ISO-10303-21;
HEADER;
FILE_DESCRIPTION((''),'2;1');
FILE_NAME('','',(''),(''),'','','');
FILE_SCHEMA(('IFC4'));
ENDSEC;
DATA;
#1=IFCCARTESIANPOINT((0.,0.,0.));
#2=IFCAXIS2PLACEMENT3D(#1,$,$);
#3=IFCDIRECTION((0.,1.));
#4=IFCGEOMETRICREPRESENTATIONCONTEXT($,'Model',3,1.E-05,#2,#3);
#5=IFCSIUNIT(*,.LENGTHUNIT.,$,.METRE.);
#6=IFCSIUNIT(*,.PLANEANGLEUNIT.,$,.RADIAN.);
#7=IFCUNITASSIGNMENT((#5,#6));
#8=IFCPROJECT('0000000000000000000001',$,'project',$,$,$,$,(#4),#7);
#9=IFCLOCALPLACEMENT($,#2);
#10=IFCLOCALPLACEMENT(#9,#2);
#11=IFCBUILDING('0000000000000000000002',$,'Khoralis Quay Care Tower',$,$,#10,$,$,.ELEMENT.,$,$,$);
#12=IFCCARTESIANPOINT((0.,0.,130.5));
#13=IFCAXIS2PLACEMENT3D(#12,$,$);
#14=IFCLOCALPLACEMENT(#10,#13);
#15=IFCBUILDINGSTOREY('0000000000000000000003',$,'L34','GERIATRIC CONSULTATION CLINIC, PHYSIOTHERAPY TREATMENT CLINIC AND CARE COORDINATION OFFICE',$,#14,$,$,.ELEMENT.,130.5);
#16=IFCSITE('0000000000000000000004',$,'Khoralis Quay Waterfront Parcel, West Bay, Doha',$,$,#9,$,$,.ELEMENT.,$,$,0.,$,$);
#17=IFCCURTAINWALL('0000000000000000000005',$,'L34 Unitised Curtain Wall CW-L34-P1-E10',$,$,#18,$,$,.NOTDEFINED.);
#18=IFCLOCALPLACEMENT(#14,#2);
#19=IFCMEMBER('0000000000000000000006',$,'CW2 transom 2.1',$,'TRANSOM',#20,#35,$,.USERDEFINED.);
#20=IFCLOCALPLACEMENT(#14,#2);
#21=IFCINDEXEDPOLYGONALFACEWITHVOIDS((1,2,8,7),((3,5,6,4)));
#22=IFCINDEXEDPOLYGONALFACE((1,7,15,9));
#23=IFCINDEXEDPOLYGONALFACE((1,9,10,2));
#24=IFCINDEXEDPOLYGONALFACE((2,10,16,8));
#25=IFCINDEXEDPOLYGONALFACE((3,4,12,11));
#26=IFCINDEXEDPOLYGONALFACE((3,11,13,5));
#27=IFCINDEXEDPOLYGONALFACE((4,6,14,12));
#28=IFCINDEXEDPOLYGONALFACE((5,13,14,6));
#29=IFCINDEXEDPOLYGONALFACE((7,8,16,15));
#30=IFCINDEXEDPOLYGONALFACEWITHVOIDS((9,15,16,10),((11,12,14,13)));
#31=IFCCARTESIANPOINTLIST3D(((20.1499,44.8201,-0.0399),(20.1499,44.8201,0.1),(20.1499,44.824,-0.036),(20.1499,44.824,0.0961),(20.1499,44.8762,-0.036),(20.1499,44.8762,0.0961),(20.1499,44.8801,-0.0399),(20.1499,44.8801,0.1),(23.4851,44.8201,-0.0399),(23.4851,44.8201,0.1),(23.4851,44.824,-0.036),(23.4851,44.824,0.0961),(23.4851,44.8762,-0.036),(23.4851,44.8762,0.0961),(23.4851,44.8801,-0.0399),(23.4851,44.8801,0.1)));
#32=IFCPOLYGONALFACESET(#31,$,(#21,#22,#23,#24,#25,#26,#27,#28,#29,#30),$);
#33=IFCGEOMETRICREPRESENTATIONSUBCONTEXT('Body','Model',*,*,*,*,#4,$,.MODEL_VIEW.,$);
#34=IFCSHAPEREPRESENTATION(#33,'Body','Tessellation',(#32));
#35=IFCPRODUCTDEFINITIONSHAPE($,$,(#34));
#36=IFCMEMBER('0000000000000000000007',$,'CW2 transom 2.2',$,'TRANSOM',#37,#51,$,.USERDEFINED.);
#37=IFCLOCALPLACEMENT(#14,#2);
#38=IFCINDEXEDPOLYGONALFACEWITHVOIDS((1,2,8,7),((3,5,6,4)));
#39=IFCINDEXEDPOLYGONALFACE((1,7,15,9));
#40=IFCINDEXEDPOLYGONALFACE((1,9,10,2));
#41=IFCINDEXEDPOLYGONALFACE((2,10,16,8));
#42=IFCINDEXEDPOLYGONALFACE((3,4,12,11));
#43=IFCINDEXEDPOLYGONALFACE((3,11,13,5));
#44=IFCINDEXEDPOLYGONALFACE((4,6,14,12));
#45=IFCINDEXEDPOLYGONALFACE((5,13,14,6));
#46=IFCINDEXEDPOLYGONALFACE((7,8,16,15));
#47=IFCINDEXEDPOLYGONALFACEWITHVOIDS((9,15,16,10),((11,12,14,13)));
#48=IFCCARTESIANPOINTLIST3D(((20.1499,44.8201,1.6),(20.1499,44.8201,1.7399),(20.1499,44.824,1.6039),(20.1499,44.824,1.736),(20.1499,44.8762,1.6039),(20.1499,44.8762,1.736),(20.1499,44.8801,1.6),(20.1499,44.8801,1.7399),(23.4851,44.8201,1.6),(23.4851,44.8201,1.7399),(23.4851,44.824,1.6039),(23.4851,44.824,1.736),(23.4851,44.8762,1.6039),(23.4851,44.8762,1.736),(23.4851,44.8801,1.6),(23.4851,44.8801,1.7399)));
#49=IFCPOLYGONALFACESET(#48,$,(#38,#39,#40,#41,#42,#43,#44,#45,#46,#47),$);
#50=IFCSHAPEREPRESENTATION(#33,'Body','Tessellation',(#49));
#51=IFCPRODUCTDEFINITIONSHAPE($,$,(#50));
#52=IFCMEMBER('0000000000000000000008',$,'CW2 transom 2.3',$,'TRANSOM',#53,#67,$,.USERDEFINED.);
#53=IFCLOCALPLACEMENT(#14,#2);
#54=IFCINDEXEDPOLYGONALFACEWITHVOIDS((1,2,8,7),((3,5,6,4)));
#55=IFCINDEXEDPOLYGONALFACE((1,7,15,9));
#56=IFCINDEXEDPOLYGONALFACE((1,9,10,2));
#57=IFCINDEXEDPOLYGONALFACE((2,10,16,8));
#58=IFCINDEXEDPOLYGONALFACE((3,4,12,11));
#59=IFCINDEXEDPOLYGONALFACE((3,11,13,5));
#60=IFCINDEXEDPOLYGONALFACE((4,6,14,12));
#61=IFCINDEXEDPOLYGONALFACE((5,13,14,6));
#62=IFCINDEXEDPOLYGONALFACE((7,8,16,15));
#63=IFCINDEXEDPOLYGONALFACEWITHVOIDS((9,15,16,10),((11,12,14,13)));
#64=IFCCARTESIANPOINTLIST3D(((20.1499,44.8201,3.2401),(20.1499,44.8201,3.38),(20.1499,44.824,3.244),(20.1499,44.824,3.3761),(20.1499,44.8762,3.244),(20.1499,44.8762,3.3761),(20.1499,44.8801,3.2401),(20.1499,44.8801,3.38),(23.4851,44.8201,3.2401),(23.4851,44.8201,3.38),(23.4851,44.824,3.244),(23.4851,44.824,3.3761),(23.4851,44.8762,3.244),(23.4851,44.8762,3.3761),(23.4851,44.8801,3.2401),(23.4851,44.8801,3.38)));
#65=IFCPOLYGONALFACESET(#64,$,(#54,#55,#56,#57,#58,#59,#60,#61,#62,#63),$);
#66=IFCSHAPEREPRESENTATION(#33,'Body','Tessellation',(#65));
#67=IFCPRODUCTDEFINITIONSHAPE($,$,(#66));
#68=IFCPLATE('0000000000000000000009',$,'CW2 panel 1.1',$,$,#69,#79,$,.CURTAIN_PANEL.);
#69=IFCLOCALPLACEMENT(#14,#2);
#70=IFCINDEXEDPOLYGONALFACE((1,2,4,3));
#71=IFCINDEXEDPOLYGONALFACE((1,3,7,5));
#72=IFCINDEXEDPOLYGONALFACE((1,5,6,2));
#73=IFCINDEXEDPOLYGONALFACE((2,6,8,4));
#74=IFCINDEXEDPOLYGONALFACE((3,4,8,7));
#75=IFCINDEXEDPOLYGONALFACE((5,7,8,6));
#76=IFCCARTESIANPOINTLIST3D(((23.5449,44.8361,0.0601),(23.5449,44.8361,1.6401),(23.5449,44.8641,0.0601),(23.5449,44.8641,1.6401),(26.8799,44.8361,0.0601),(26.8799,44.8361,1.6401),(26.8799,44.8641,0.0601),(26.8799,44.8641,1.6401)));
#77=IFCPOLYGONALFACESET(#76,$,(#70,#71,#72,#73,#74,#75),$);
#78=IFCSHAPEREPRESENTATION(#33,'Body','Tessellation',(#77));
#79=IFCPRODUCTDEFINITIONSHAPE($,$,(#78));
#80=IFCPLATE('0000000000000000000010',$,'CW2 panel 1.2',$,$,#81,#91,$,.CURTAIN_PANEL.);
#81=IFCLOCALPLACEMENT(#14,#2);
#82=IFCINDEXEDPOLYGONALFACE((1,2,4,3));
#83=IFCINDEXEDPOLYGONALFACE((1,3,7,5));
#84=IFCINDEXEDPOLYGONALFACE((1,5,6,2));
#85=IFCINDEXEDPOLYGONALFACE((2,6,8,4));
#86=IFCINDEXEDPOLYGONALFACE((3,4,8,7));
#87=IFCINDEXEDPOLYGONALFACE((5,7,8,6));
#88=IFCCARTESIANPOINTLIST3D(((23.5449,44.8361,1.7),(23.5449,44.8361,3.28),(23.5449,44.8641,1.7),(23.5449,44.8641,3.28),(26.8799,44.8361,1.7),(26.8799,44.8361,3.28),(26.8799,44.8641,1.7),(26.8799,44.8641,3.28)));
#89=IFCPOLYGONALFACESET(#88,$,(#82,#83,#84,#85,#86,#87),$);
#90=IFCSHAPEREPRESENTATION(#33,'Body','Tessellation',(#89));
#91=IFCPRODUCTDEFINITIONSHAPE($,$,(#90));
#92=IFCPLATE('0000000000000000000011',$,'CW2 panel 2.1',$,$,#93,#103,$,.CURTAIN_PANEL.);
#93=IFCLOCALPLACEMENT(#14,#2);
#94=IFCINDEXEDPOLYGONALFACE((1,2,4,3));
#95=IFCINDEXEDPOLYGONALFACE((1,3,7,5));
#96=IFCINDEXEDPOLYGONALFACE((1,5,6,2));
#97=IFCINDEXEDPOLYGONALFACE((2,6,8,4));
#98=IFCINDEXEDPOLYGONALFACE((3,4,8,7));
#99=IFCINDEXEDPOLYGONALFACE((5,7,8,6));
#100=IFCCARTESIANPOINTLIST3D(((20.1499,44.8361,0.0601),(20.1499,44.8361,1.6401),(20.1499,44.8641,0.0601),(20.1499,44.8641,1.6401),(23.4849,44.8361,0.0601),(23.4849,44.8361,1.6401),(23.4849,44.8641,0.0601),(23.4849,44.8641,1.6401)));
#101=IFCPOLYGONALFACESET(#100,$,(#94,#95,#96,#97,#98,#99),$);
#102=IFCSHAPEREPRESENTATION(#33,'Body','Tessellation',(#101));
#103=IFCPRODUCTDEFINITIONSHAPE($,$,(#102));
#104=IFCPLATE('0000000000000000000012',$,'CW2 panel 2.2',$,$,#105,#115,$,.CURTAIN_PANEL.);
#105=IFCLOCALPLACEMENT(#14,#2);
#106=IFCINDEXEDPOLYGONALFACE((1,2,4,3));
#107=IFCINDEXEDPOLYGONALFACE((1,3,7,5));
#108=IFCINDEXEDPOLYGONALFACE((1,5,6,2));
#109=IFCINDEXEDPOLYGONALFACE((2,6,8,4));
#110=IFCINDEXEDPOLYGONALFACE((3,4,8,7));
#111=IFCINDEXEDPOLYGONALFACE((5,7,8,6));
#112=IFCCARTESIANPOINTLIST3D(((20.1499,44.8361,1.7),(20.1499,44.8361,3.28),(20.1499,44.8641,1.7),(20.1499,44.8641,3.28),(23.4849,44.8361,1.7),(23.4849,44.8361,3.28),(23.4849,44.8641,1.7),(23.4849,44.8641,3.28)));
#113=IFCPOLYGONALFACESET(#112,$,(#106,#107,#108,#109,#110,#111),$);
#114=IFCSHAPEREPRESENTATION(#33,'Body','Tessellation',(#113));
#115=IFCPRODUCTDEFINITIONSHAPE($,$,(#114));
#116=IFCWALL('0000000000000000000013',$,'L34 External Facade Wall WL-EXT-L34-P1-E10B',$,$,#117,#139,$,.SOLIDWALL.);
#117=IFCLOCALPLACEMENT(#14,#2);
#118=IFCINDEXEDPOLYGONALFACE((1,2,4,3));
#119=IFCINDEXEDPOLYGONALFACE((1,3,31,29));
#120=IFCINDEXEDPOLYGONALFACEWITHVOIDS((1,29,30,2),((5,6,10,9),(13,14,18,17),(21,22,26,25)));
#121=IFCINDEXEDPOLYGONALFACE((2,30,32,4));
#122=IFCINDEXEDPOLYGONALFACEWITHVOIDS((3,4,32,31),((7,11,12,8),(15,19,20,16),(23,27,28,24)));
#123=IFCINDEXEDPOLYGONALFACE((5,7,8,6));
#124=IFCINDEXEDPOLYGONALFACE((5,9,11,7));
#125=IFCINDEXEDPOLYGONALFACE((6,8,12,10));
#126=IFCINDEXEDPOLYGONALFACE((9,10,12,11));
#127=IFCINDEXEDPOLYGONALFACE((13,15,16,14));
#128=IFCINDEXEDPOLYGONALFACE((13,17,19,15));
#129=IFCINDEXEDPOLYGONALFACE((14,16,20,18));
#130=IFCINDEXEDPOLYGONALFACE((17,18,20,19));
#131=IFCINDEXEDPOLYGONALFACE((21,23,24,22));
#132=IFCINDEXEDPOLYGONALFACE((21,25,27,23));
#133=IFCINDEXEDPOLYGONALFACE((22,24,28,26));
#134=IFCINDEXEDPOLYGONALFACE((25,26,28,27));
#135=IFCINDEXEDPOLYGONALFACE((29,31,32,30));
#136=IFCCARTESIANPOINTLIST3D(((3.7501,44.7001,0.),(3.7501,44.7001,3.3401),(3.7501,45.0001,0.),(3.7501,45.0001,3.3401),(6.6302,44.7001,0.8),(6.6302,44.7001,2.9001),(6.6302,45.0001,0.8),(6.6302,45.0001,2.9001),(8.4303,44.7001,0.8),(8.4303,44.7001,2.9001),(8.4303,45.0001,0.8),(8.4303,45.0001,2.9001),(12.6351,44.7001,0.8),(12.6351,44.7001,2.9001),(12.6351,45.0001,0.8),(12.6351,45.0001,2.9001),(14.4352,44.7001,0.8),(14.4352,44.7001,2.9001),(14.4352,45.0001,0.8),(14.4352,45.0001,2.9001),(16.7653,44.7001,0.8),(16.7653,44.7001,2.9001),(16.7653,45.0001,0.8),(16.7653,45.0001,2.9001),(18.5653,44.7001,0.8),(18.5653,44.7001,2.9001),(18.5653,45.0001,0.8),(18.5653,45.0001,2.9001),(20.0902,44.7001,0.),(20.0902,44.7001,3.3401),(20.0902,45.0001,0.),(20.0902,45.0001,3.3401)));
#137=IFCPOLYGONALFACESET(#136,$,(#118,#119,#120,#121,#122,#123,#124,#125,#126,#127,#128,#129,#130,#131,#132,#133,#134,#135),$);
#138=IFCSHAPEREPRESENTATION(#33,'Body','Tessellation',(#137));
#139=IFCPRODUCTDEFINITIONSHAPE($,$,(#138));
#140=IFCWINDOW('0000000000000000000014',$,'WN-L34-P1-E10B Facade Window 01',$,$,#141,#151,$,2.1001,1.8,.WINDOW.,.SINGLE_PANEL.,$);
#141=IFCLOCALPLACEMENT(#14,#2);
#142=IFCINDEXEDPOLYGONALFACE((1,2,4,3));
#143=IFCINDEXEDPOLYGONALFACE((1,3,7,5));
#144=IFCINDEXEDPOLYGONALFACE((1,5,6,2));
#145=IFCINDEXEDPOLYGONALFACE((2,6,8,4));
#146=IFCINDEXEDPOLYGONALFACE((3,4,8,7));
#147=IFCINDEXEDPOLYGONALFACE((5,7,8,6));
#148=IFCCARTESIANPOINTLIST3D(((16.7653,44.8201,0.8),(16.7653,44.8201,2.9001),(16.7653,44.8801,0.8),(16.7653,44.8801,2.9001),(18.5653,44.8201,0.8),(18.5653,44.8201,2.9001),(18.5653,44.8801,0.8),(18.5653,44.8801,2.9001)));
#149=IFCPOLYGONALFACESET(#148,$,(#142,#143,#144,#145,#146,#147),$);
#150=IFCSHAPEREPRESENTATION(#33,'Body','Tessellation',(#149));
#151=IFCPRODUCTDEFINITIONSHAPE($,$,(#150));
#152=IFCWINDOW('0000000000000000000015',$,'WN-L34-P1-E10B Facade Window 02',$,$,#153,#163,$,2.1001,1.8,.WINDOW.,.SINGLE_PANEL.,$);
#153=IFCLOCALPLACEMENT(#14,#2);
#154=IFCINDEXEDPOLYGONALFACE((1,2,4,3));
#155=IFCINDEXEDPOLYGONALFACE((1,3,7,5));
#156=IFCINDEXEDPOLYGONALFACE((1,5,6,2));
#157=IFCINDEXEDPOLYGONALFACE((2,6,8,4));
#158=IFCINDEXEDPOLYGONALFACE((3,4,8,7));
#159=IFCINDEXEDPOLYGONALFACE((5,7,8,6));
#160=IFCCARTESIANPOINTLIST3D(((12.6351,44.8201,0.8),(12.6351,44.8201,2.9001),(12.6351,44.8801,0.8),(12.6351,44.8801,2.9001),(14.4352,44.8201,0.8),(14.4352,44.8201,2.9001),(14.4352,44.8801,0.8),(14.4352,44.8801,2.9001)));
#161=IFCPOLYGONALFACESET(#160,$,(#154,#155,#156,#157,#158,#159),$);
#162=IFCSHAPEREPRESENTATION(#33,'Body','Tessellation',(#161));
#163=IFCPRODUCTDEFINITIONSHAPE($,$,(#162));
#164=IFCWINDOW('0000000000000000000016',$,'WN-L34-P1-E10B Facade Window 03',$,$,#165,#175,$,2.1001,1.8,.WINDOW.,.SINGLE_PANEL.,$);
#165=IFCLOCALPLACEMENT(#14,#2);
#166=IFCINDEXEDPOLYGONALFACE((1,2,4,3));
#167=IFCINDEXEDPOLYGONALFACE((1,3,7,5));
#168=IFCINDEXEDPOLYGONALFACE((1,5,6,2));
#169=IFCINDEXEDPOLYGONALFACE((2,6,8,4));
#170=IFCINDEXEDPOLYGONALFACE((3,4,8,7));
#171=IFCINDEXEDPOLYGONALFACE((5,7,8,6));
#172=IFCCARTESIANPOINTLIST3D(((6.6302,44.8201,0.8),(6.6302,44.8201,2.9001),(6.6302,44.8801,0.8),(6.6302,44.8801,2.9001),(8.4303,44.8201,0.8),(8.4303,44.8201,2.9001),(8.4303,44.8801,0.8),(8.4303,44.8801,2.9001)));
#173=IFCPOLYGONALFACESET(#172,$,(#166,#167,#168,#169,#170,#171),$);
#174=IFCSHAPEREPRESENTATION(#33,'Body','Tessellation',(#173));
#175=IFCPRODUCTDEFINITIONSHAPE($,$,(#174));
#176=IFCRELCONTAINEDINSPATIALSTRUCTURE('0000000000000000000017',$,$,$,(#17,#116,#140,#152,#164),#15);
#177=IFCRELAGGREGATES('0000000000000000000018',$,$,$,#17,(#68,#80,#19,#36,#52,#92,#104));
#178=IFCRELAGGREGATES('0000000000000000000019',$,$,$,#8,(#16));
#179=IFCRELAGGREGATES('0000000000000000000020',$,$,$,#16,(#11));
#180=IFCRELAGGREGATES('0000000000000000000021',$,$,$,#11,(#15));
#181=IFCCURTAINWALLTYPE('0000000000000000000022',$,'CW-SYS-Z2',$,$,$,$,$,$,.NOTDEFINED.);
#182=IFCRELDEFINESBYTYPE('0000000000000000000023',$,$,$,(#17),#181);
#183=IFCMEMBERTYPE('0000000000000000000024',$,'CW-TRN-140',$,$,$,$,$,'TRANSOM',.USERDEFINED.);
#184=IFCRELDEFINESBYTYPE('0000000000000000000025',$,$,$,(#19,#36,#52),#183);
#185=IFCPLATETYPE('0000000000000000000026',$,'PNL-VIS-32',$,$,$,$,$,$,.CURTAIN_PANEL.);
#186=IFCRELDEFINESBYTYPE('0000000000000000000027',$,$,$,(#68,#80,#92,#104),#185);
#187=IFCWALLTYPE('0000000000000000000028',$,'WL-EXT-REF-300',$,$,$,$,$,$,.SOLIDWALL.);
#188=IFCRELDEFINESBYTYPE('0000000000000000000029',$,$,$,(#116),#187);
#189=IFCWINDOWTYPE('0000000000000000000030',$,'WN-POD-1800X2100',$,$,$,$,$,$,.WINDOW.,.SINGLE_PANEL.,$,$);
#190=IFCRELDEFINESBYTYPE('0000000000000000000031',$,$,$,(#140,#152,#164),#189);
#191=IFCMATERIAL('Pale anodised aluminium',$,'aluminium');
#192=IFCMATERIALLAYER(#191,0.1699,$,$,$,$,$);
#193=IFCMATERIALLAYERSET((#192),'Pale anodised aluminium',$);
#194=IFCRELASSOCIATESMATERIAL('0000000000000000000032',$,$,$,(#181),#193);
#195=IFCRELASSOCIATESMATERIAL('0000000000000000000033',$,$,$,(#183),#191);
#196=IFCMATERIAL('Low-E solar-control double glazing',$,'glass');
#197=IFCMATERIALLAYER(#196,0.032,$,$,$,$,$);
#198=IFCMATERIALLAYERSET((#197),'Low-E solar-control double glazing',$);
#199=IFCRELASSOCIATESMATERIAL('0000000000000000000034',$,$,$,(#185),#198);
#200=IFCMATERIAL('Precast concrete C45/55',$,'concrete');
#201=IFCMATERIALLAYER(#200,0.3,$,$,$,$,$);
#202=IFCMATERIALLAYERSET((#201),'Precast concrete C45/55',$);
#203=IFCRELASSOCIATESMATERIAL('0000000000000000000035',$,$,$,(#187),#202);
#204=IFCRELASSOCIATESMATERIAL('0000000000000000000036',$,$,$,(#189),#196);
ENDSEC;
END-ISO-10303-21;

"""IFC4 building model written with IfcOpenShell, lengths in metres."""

from ifc_helpers import new_model, si_unit, direction, frame, frame_2d, origin, origin_2d, place, context, subcontext, project, spatial, rectangle, hollow_rectangle, extrude, source, transform, mapped, material, layer, layer_set, material_profile, profile_set, type_object, element, fill, aggregate, save


model = new_model("IFC4")

# Units and contexts
model_context = context("Model", 3, precision=1e-05, world=origin(), true_north=direction((0.0, 1.0)))
body_context = subcontext(model_context, "Body", "Model", "MODEL_VIEW")
ifc_project = project(units=[si_unit("LENGTHUNIT", "METRE"), si_unit("PLANEANGLEUNIT", "RADIAN")], contexts=[model_context])

# Site, building, storey
site_placement = place(None, origin())
site = spatial("IfcSite", under=ifc_project, at=site_placement, Name="Khoralis Quay Waterfront Parcel, West Bay, Doha", CompositionType="ELEMENT", RefElevation=0.0)
building_placement = place(site_placement, origin())
building = spatial("IfcBuilding", under=site, at=building_placement, Name="Khoralis Quay Care Tower", CompositionType="ELEMENT")
storey_placement = place(building_placement, frame((0.0, 0.0, 130.5)))
storey = spatial("IfcBuildingStorey", under=building, at=storey_placement, Name="L34", Description="GERIATRIC CONSULTATION CLINIC, PHYSIOTHERAPY TREATMENT CLINIC AND CARE COORDINATION OFFICE", CompositionType="ELEMENT", Elevation=130.5)

# Curtain wall, members, plates
ifc_material_1 = material(Name="Pale anodised aluminium", Category="aluminium")
ifc_layer_1 = layer(ifc_material_1, 0.1699)
ifc_layer_set_1 = layer_set([ifc_layer_1], Name="Pale anodised aluminium")
curtain_wall_type = type_object("IfcCurtainWallType", Name="CW-SYS-Z2", PredefinedType="NOTDEFINED", material=ifc_layer_set_1)
curtain_wall_placement = place(storey_placement, origin())
curtain_wall = element("IfcCurtainWall", 1, at=curtain_wall_placement, inside=storey, type_object=curtain_wall_type, Name="L34 Unitised Curtain Wall CW-L34-P1-E10", PredefinedType="NOTDEFINED")
ifc_material_profile_1 = material_profile(ifc_material_1, hollow_rectangle(XDim=0.0601, YDim=0.1399, WallThickness=0.0039, at=origin_2d()), Name="Pale anodised aluminium")
ifc_profile_set_1 = profile_set([ifc_material_profile_1], Name="Pale anodised aluminium")
member_type_1 = type_object("IfcMemberType", Name="CW-TRN-140", ElementType="TRANSOM", PredefinedType="USERDEFINED", material=ifc_profile_set_1)
shared_shape_1 = source(origin(), body_context, "Body", "SweptSolid", [
    extrude(hollow_rectangle(XDim=0.0601, YDim=0.1399, WallThickness=0.0039, at=origin_2d()), origin(), (0.0, 0.0, 1.0), 3.3352),
])
member_1_placement = place(storey_placement, frame((23.4851, 44.8501, 0.03), z_axis=(-1.0, 0.0, 0.0), x_axis=(0.0, -1.0, 0.0)))
member_1 = element("IfcMember", 2, at=member_1_placement, type_object=member_type_1, Name="CW2 transom 2.1", ObjectType="TRANSOM", PredefinedType="USERDEFINED", context=body_context, shape_type="MappedRepresentation", body=[
    mapped(shared_shape_1, transform((0.0, 0.0, 0.0), scale=1.0)),
])
member_2_placement = place(storey_placement, frame((23.4851, 44.8501, 1.6699), z_axis=(-1.0, 0.0, 0.0), x_axis=(0.0, -1.0, 0.0)))
member_2 = element("IfcMember", 3, at=member_2_placement, type_object=member_type_1, Name="CW2 transom 2.2", ObjectType="TRANSOM", PredefinedType="USERDEFINED", context=body_context, shape_type="MappedRepresentation", body=[
    mapped(shared_shape_1, transform((0.0, 0.0, 0.0), scale=1.0)),
])
member_3_placement = place(storey_placement, frame((23.4851, 44.8501, 3.3101), z_axis=(-1.0, 0.0, 0.0), x_axis=(0.0, -1.0, 0.0)))
member_3 = element("IfcMember", 4, at=member_3_placement, type_object=member_type_1, Name="CW2 transom 2.3", ObjectType="TRANSOM", PredefinedType="USERDEFINED", context=body_context, shape_type="MappedRepresentation", body=[
    mapped(shared_shape_1, transform((0.0, 0.0, 0.0), scale=1.0)),
])
ifc_material_2 = material(Name="Low-E solar-control double glazing", Category="glass")
ifc_layer_2 = layer(ifc_material_2, 0.032)
ifc_layer_set_2 = layer_set([ifc_layer_2], Name="Low-E solar-control double glazing")
plate_type = type_object("IfcPlateType", Name="PNL-VIS-32", PredefinedType="CURTAIN_PANEL", material=ifc_layer_set_2)
shared_shape_2 = source(origin(), body_context, "Body", "SweptSolid", [
    extrude(rectangle(XDim=3.335, YDim=0.0281, at=origin_2d()), origin(), (0.0, 0.0, 1.0), 1.5801),
])
plate_1_placement = place(storey_placement, frame((25.2124, 44.8501, 0.0601), z_axis=(0.0, 0.0, 1.0), x_axis=(-1.0, 0.0, 0.0)))
plate_1 = element("IfcPlate", 5, at=plate_1_placement, type_object=plate_type, Name="CW2 panel 1.1", PredefinedType="CURTAIN_PANEL", context=body_context, shape_type="MappedRepresentation", body=[
    mapped(shared_shape_2, transform((0.0, 0.0, 0.0), scale=1.0)),
])
plate_2_placement = place(storey_placement, frame((25.2124, 44.8501, 1.7), z_axis=(0.0, 0.0, 1.0), x_axis=(-1.0, 0.0, 0.0)))
plate_2 = element("IfcPlate", 6, at=plate_2_placement, type_object=plate_type, Name="CW2 panel 1.2", PredefinedType="CURTAIN_PANEL", context=body_context, shape_type="MappedRepresentation", body=[
    mapped(shared_shape_2, transform((0.0, 0.0, 0.0), scale=1.0)),
])
plate_3_placement = place(storey_placement, frame((21.8174, 44.8501, 0.0601), z_axis=(0.0, 0.0, 1.0), x_axis=(-1.0, 0.0, 0.0)))
plate_3 = element("IfcPlate", 7, at=plate_3_placement, type_object=plate_type, Name="CW2 panel 2.1", PredefinedType="CURTAIN_PANEL", context=body_context, shape_type="MappedRepresentation", body=[
    mapped(shared_shape_2, transform((0.0, 0.0, 0.0), scale=1.0)),
])
plate_4_placement = place(storey_placement, frame((21.8174, 44.8501, 1.7), z_axis=(0.0, 0.0, 1.0), x_axis=(-1.0, 0.0, 0.0)))
plate_4 = element("IfcPlate", 8, at=plate_4_placement, type_object=plate_type, Name="CW2 panel 2.2", PredefinedType="CURTAIN_PANEL", context=body_context, shape_type="MappedRepresentation", body=[
    mapped(shared_shape_2, transform((0.0, 0.0, 0.0), scale=1.0)),
])
aggregate(curtain_wall, [plate_1, plate_2, member_1, member_2, member_3, plate_3, plate_4])

# Wall, openings, windows
ifc_material_3 = material(Name="Precast concrete C45/55", Category="concrete")
ifc_layer_3 = layer(ifc_material_3, 0.3)
ifc_layer_set_3 = layer_set([ifc_layer_3], Name="Precast concrete C45/55")
wall_type_1 = type_object("IfcWallType", Name="WL-EXT-REF-300", PredefinedType="SOLIDWALL", material=ifc_layer_set_3)
wall_placement = place(storey_placement, frame((20.0901, 44.8501, 0.0), z_axis=(0.0, 0.0, 1.0), x_axis=(-1.0, 0.0, 0.0)))
wall = element("IfcWall", 9, at=wall_placement, inside=storey, type_object=wall_type_1, Name="L34 External Facade Wall WL-EXT-L34-P1-E10B", PredefinedType="SOLIDWALL", context=body_context, shape_type="SweptSolid", body=[
    extrude(rectangle(XDim=16.3401, YDim=0.3, at=frame_2d((8.1699, 0.0))), origin(), (0.0, 0.0, 1.0), 3.3401),
])
opening_1_placement = place(wall_placement, frame((1.5249, 0.0, 0.8)))
opening_1 = element("IfcOpeningElement", 10, at=opening_1_placement, cuts=wall, PredefinedType="OPENING", context=body_context, shape_type="SweptSolid", body=[
    extrude(rectangle(XDim=1.8, YDim=2.1001, at=frame_2d((0.8999, 1.05))), frame((0.0, 0.1602, 0.0), z_axis=(0.0, -1.0, 0.0), x_axis=(1.0, 0.0, 0.0)), (0.0, 0.0, 1.0), 0.3201),
])
opening_2_placement = place(wall_placement, frame((5.655, 0.0, 0.8)))
opening_2 = element("IfcOpeningElement", 11, at=opening_2_placement, cuts=wall, PredefinedType="OPENING", context=body_context, shape_type="SweptSolid", body=[
    extrude(rectangle(XDim=1.8, YDim=2.1001, at=frame_2d((0.8999, 1.05))), frame((0.0, 0.1602, 0.0), z_axis=(0.0, -1.0, 0.0), x_axis=(1.0, 0.0, 0.0)), (0.0, 0.0, 1.0), 0.3201),
])
opening_3_placement = place(wall_placement, frame((11.6599, 0.0, 0.8)))
opening_3 = element("IfcOpeningElement", 12, at=opening_3_placement, cuts=wall, PredefinedType="OPENING", context=body_context, shape_type="SweptSolid", body=[
    extrude(rectangle(XDim=1.8, YDim=2.1001, at=frame_2d((0.8999, 1.05))), frame((0.0, 0.1602, 0.0), z_axis=(0.0, -1.0, 0.0), x_axis=(1.0, 0.0, 0.0)), (0.0, 0.0, 1.0), 0.3201),
])
window_type = type_object("IfcWindowType", Name="WN-POD-1800X2100", PartitioningType="SINGLE_PANEL", PredefinedType="WINDOW", material=ifc_material_2)
shared_shape_3 = source(origin(), body_context, "Body", "SweptSolid", [
    extrude(rectangle(XDim=1.8, YDim=2.1001, at=frame_2d((0.8999, 1.05))), frame((0.0, 0.03, 0.0), z_axis=(0.0, -1.0, 0.0), x_axis=(1.0, 0.0, 0.0)), (0.0, 0.0, 1.0), 0.0601),
])
window_1_placement = place(opening_1_placement, origin())
window_1 = element("IfcWindow", 13, at=window_1_placement, inside=storey, type_object=window_type, Name="WN-L34-P1-E10B Facade Window 01", OverallHeight=2.1001, OverallWidth=1.8, PartitioningType="SINGLE_PANEL", PredefinedType="WINDOW", context=body_context, shape_type="MappedRepresentation", body=[
    mapped(shared_shape_3, transform((0.0, 0.0, 0.0), scale=1.0)),
])
fill(opening_1, window_1)
window_2_placement = place(opening_2_placement, origin())
window_2 = element("IfcWindow", 14, at=window_2_placement, inside=storey, type_object=window_type, Name="WN-L34-P1-E10B Facade Window 02", OverallHeight=2.1001, OverallWidth=1.8, PartitioningType="SINGLE_PANEL", PredefinedType="WINDOW", context=body_context, shape_type="MappedRepresentation", body=[
    mapped(shared_shape_3, transform((0.0, 0.0, 0.0), scale=1.0)),
])
fill(opening_2, window_2)
window_3_placement = place(opening_3_placement, origin())
window_3 = element("IfcWindow", 15, at=window_3_placement, inside=storey, type_object=window_type, Name="WN-L34-P1-E10B Facade Window 03", OverallHeight=2.1001, OverallWidth=1.8, PartitioningType="SINGLE_PANEL", PredefinedType="WINDOW", context=body_context, shape_type="MappedRepresentation", body=[
    mapped(shared_shape_3, transform((0.0, 0.0, 0.0), scale=1.0)),
])
fill(opening_3, window_3)

save(model, "model.ifc")
